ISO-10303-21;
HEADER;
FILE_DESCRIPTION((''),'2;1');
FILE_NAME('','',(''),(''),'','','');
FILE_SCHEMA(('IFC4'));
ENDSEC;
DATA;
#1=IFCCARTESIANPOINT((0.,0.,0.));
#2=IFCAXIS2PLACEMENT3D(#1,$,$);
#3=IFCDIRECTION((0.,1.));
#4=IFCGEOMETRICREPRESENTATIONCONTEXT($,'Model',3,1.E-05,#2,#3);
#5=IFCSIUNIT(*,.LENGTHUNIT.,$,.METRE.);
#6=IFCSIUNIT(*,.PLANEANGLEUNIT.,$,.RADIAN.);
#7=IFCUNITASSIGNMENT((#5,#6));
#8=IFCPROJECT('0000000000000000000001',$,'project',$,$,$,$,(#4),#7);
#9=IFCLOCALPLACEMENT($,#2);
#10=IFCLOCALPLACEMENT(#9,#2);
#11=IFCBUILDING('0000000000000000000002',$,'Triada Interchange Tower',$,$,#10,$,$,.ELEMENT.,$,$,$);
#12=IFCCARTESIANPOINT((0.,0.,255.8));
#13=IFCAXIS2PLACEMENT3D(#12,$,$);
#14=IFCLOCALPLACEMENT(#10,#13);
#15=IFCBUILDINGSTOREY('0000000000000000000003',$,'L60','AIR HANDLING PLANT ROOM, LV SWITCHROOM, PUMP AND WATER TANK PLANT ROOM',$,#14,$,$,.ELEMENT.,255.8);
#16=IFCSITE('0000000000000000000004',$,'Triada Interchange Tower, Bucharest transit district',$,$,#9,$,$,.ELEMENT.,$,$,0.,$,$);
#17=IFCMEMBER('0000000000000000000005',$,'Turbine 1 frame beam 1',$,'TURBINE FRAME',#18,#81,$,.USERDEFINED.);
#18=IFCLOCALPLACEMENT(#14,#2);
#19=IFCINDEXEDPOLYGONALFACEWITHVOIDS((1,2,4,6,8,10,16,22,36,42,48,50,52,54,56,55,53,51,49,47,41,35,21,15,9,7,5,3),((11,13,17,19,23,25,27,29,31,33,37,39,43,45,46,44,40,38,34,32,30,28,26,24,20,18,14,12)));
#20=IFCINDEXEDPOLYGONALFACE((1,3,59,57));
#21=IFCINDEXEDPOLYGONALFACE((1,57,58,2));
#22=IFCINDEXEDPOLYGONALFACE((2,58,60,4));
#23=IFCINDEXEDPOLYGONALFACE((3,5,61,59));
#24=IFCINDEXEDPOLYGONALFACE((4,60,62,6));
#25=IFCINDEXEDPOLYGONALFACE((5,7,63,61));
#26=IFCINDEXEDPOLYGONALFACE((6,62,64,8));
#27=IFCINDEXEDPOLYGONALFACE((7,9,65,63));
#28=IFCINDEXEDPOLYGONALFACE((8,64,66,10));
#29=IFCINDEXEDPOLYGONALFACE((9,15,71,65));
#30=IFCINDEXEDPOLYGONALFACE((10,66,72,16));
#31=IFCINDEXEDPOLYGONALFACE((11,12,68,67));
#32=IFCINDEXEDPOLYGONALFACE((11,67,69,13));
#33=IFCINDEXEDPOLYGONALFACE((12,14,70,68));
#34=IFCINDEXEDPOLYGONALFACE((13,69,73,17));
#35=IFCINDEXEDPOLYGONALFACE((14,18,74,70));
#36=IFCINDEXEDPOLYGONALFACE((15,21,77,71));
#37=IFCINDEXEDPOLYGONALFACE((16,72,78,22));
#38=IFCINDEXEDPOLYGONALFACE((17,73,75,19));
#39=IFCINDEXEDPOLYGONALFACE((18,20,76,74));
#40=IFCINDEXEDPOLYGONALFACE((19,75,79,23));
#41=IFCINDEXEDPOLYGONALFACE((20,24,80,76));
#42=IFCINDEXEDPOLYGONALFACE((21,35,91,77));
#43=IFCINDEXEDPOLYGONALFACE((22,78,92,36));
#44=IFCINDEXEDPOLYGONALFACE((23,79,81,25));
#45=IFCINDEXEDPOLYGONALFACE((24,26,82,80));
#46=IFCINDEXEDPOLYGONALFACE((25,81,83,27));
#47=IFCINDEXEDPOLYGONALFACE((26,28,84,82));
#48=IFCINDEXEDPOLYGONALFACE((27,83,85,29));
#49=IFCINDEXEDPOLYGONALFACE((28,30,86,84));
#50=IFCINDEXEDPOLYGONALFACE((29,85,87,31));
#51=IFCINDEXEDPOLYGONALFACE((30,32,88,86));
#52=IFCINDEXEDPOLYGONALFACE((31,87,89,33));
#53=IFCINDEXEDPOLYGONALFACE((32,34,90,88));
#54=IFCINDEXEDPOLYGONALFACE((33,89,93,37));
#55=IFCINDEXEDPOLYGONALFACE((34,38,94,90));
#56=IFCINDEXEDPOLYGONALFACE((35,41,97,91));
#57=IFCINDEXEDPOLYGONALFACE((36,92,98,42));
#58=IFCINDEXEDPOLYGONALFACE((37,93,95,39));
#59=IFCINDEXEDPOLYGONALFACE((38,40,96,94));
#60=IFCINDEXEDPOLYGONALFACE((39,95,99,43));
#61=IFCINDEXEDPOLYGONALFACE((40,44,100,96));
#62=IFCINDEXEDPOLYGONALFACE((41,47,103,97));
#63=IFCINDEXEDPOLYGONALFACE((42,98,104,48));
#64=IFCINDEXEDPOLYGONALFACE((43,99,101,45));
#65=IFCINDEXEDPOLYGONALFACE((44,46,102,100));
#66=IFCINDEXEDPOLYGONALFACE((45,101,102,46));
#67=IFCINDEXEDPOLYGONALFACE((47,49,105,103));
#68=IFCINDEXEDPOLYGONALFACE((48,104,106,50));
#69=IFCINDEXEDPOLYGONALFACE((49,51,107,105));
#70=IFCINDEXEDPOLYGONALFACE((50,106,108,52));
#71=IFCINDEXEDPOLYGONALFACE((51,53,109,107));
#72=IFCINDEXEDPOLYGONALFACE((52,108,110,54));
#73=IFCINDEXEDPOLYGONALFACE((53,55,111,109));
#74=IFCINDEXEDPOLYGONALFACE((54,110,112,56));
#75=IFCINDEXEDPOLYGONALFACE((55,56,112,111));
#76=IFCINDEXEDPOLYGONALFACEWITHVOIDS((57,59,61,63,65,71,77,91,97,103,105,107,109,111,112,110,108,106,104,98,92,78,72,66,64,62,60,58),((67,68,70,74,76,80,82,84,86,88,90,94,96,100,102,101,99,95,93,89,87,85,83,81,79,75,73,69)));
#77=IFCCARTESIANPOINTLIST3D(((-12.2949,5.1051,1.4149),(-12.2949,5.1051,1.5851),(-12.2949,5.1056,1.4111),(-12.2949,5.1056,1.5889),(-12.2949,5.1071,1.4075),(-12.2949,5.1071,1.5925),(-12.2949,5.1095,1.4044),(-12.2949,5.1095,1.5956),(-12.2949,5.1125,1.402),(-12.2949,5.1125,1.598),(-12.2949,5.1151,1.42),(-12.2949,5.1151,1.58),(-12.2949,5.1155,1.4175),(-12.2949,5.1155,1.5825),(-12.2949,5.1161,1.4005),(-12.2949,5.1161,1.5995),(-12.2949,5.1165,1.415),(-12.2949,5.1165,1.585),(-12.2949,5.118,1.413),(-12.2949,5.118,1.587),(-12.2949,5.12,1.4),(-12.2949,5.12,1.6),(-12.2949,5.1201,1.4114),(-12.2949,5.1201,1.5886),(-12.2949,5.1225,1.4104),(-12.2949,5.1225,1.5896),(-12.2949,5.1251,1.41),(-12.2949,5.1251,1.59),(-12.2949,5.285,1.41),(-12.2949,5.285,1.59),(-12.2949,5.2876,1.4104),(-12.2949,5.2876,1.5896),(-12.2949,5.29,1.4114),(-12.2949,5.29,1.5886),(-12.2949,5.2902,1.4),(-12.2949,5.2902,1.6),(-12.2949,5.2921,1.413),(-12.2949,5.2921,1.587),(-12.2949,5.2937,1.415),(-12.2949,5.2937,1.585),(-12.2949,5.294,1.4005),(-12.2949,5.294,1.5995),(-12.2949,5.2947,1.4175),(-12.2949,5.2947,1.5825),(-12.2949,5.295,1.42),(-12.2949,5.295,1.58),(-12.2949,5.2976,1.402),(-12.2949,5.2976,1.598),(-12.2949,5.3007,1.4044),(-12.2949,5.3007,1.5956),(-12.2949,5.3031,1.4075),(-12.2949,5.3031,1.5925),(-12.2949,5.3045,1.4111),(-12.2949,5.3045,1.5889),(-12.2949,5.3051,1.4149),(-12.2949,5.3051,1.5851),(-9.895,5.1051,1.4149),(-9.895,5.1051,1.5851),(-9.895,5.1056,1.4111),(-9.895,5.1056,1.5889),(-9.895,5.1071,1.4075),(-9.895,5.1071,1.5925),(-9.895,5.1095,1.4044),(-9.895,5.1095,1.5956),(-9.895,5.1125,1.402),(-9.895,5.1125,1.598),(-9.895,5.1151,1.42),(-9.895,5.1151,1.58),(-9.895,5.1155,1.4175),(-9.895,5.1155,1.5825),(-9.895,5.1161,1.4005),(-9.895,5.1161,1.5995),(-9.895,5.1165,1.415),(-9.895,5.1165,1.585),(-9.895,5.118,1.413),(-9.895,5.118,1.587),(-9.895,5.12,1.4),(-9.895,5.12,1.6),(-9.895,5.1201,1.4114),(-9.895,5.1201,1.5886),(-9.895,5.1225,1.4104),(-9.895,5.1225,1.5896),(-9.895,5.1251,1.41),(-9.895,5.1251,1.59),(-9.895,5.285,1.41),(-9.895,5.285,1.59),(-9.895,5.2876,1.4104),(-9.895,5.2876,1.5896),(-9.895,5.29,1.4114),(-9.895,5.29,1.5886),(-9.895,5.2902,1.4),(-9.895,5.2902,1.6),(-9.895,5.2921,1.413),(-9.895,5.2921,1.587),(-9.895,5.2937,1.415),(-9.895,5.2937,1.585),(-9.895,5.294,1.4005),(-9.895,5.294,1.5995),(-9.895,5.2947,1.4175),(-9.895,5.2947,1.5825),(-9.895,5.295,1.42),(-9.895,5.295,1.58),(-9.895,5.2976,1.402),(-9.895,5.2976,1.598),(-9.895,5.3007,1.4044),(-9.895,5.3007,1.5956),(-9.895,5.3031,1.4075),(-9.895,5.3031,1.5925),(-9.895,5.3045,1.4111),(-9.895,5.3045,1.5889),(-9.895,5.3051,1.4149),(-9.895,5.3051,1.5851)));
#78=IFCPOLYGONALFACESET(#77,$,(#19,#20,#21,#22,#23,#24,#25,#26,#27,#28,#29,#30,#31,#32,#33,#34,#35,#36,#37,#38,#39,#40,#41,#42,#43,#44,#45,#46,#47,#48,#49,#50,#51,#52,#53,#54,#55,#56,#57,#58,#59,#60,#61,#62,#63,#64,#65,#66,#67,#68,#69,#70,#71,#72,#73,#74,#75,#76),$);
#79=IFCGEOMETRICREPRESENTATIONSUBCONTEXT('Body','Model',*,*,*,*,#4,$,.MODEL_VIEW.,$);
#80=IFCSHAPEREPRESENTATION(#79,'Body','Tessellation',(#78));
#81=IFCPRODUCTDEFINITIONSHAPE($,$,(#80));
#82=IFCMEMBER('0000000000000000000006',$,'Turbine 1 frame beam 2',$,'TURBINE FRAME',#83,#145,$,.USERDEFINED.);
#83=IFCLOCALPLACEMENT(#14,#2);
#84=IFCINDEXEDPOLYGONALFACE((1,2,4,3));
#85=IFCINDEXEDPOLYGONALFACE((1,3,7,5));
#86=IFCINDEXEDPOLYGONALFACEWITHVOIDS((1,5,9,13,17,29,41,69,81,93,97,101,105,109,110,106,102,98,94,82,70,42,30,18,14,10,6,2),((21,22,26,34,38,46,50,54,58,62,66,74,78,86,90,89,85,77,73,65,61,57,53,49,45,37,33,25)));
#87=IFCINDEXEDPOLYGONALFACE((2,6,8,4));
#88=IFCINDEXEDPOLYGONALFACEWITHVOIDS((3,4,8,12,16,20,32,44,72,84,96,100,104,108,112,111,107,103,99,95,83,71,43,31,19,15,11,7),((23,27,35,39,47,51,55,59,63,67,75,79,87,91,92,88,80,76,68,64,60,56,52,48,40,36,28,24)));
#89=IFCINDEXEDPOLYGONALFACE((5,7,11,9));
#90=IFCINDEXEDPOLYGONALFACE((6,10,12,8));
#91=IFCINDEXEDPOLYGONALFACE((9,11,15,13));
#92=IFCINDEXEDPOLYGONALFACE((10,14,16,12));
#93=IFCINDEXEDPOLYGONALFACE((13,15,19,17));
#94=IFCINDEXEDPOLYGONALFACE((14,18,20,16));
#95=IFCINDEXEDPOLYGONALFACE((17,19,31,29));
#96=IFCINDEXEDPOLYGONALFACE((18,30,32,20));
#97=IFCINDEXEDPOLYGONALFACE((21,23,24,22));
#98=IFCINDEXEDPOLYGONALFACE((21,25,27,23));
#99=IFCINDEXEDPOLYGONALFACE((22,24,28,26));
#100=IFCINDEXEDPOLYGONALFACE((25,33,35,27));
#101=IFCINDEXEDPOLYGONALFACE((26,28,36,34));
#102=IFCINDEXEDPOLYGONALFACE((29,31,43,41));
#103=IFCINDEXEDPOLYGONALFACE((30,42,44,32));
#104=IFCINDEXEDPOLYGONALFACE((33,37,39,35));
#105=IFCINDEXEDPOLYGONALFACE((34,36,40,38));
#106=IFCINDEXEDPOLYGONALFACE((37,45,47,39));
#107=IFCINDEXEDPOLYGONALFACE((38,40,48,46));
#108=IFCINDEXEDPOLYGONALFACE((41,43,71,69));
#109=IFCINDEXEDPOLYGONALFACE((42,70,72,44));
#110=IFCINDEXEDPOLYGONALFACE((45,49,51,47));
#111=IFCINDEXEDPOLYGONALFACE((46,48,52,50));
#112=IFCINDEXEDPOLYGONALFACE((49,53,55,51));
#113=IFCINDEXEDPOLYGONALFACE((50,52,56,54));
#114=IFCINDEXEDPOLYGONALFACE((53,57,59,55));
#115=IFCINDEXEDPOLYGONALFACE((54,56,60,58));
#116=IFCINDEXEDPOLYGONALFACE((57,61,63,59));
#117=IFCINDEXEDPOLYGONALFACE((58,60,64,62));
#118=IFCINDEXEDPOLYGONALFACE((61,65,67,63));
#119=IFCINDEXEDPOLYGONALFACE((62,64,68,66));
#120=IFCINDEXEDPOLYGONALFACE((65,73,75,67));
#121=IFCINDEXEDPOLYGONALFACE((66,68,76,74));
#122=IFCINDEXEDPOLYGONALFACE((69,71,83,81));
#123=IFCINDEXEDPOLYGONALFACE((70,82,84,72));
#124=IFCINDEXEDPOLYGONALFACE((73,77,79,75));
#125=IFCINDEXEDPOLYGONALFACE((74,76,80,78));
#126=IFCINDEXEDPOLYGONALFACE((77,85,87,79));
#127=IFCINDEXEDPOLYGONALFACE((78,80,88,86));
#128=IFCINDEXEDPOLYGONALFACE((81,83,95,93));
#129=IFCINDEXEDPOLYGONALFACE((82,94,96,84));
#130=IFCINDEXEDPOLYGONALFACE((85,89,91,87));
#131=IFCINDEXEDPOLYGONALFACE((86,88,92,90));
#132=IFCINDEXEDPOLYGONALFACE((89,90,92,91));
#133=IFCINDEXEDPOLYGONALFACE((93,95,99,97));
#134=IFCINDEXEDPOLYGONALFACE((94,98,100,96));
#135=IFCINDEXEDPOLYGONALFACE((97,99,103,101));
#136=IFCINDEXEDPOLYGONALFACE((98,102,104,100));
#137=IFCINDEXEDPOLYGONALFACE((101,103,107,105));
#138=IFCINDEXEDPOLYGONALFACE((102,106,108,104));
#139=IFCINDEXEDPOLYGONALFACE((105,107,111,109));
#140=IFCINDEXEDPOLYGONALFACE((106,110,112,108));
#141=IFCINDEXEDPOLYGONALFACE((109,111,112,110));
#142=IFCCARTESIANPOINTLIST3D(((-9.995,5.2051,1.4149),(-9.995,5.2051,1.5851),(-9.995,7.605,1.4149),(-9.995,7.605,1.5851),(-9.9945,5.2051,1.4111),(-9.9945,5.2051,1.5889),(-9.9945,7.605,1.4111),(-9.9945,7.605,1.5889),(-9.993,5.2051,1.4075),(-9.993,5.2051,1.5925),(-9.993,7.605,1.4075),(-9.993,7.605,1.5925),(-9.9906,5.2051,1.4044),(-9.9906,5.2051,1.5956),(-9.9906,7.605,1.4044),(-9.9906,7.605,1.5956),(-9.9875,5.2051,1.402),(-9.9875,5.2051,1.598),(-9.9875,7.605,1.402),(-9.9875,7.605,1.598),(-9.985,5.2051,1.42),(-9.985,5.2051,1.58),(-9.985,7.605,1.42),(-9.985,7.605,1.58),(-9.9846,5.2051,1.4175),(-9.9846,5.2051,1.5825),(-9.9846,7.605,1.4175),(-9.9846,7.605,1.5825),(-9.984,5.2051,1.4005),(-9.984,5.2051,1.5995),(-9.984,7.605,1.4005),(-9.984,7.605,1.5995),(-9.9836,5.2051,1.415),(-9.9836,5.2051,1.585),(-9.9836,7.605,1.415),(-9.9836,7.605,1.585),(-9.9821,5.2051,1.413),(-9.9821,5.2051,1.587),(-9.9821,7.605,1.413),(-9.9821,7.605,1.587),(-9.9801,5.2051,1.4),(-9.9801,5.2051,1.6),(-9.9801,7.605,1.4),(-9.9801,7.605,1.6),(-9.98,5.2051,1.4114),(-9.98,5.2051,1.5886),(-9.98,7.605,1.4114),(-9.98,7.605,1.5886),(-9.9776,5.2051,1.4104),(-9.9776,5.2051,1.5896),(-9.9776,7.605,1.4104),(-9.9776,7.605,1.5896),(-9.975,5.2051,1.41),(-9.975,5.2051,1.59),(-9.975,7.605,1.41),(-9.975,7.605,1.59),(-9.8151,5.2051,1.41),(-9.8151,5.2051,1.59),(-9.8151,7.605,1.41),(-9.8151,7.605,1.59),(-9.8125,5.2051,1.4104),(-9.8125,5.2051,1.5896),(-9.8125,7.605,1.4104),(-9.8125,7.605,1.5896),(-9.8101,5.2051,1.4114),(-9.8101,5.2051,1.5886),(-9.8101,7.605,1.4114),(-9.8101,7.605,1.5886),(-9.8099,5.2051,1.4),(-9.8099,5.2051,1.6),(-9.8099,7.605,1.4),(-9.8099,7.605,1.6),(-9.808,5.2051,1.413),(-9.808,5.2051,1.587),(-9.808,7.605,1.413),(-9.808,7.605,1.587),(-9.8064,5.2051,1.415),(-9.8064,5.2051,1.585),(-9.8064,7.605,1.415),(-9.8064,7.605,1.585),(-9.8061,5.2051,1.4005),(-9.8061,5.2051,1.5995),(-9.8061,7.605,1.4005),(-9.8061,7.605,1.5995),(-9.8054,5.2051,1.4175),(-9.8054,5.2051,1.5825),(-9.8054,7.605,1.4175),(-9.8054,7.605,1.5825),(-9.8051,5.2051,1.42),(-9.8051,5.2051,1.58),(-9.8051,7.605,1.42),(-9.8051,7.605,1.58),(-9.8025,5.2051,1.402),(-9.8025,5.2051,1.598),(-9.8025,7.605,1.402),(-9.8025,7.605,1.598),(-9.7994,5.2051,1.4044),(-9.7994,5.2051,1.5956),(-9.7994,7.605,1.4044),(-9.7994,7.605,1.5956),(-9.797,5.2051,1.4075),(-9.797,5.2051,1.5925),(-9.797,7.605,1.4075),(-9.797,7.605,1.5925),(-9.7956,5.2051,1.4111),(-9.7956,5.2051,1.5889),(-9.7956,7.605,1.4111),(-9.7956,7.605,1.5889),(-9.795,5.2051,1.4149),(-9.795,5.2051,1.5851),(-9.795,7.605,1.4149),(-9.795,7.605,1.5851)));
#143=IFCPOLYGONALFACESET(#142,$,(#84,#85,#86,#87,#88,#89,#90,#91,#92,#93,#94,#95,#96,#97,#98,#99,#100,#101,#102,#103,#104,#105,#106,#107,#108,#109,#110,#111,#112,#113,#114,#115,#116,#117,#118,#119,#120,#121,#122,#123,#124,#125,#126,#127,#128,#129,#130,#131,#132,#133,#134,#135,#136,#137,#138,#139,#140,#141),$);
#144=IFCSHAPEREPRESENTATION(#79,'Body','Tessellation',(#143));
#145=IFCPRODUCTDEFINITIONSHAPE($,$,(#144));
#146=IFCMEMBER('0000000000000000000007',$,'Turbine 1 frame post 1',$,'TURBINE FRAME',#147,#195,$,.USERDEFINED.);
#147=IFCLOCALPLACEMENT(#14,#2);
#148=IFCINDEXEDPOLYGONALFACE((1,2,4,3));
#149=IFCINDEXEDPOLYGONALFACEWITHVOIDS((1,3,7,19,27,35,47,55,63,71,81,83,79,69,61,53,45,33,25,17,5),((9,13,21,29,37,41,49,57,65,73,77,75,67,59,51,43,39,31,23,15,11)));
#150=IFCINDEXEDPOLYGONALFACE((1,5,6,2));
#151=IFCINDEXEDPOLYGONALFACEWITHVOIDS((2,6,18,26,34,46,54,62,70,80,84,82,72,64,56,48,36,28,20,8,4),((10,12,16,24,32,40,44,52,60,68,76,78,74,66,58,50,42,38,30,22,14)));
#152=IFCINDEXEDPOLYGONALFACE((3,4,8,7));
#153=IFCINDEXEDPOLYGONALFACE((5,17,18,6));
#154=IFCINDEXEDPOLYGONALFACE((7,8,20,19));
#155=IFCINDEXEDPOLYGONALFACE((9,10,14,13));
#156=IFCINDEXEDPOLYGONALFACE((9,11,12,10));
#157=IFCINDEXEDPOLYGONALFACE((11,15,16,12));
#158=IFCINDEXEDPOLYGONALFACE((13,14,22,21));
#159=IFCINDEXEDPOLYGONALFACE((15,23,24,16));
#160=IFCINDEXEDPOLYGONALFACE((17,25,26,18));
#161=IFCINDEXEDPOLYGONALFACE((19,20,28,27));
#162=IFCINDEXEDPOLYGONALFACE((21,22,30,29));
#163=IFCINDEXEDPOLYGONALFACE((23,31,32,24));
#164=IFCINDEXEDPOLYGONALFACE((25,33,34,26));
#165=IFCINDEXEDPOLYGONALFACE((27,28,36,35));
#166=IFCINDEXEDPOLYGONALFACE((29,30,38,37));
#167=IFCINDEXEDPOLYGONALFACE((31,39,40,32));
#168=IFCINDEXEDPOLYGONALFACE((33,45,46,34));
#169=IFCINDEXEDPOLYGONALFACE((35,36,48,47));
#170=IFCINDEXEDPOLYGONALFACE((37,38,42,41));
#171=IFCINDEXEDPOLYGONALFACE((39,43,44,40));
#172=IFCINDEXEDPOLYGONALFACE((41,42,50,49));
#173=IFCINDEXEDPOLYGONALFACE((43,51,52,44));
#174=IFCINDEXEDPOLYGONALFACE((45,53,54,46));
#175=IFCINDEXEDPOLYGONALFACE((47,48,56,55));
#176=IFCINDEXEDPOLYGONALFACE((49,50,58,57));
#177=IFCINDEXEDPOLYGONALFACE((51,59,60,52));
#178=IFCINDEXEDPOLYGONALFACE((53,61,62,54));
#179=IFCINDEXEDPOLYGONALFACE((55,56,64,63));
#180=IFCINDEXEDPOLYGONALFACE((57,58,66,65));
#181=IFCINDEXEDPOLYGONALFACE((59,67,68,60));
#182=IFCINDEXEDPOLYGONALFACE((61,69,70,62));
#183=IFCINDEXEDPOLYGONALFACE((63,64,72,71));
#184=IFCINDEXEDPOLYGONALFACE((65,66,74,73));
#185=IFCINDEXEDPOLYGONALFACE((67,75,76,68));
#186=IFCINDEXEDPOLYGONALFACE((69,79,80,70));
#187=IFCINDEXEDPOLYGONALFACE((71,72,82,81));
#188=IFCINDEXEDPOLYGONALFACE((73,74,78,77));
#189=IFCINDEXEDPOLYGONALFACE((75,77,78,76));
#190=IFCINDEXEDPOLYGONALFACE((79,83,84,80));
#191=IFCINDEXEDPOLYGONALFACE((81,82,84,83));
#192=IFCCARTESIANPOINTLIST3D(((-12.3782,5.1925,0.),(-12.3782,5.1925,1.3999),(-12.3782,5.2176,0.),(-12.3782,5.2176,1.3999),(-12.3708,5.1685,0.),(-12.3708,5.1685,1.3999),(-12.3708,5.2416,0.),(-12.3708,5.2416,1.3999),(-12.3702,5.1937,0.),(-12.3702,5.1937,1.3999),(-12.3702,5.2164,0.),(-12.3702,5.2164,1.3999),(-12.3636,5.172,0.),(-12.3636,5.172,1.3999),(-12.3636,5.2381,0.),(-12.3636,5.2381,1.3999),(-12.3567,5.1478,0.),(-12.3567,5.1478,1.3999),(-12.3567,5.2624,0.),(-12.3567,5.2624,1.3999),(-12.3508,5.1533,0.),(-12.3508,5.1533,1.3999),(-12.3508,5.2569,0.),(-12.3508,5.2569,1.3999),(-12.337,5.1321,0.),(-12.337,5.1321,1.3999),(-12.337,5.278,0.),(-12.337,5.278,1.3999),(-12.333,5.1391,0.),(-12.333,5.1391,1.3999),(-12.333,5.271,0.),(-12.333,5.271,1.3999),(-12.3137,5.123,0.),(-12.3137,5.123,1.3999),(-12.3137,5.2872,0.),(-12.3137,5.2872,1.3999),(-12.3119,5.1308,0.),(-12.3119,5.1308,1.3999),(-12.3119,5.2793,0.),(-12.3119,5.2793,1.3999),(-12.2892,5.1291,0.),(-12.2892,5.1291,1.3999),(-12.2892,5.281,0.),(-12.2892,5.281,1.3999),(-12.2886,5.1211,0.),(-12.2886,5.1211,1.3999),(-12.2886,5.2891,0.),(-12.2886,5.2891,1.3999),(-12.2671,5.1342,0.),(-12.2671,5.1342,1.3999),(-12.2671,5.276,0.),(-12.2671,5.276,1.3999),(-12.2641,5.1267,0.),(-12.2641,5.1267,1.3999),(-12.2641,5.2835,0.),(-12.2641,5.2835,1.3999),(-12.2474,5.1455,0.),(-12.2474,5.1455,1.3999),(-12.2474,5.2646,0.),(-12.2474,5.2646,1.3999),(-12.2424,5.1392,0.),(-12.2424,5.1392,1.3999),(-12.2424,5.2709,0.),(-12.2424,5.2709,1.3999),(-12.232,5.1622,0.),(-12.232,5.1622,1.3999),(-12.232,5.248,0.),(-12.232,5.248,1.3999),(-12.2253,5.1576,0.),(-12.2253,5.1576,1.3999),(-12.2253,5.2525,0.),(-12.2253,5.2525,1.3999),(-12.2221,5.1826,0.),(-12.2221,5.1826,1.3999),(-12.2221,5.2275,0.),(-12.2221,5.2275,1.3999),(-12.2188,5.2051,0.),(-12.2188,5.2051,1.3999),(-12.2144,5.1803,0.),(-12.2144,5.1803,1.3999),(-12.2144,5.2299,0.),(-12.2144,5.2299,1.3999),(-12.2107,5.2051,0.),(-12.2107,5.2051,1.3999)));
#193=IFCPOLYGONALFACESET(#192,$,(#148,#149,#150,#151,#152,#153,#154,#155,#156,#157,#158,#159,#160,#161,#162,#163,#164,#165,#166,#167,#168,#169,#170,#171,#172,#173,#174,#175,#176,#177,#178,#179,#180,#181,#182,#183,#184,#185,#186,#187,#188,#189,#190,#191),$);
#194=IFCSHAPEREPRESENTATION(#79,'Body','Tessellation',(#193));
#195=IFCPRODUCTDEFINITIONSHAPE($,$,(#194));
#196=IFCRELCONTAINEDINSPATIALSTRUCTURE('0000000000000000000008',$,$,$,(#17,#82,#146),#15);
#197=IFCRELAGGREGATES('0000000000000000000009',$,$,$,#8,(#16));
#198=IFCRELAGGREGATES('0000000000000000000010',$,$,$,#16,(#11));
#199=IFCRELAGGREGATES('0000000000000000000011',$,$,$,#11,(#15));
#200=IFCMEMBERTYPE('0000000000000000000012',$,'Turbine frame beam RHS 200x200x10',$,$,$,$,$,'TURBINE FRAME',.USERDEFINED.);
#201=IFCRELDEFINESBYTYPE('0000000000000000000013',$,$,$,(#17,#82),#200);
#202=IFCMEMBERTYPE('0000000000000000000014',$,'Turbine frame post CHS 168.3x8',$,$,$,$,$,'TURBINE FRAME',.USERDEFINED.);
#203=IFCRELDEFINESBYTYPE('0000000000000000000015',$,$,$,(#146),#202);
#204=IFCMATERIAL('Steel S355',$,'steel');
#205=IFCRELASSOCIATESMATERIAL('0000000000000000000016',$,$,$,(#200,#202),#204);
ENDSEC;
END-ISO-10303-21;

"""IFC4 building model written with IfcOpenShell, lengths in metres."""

from ifc_helpers import new_model, si_unit, direction, frame, origin, origin_2d, place, context, subcontext, project, spatial, hollow_rectangle, hollow_circle, extrude, material, material_profile, profile_set, type_object, element, save


model = new_model("IFC4")

# Units and contexts
model_context = context("Model", 3, precision=1e-05, world=origin(), true_north=direction((0.0, 1.0)))
body_context = subcontext(model_context, "Body", "Model", "MODEL_VIEW")
ifc_project = project(units=[si_unit("LENGTHUNIT", "METRE"), si_unit("PLANEANGLEUNIT", "RADIAN")], contexts=[model_context])

# Site, building, storey
site_placement = place(None, origin())
site = spatial("IfcSite", under=ifc_project, at=site_placement, Name="Triada Interchange Tower, Bucharest transit district", CompositionType="ELEMENT", RefElevation=0.0)
building_placement = place(site_placement, origin())
building = spatial("IfcBuilding", under=site, at=building_placement, Name="Triada Interchange Tower", CompositionType="ELEMENT")
storey_placement = place(building_placement, frame((0.0, 0.0, 255.8)))
storey = spatial("IfcBuildingStorey", under=building, at=storey_placement, Name="L60", Description="AIR HANDLING PLANT ROOM, LV SWITCHROOM, PUMP AND WATER TANK PLANT ROOM", CompositionType="ELEMENT", Elevation=255.8)

# Members
ifc_material_1 = material(Name="Steel S355", Category="steel")
ifc_material_profile_1 = material_profile(ifc_material_1, hollow_rectangle(XDim=0.2, YDim=0.2, WallThickness=0.01, InnerFilletRadius=0.01, OuterFilletRadius=0.0149, at=origin_2d()), Name="RHS 200x200x10")
ifc_profile_set_1 = profile_set([ifc_material_profile_1], Name="Steel S355")
member_type_1 = type_object("IfcMemberType", Name="Turbine frame beam RHS 200x200x10", ElementType="TURBINE FRAME", PredefinedType="USERDEFINED", material=ifc_profile_set_1)
for number, where, z_axis, x_axis, name in (
    (1, (-12.2949, 5.2051, 1.5), (1.0, 0.0, 0.0), (0.0, 1.0, 0.0), "Turbine 1 frame beam 1"),
    (2, (-9.895, 5.2051, 1.5), (0.0, 1.0, 0.0), (-1.0, 0.0, 0.0), "Turbine 1 frame beam 2"),
):
    element("IfcMember", number, at=place(storey_placement, frame(where, z_axis=z_axis, x_axis=x_axis)), inside=storey, type_object=member_type_1, Name=name, ObjectType="TURBINE FRAME", PredefinedType="USERDEFINED", context=body_context, shape_type="SweptSolid", body=[
        extrude(hollow_rectangle(XDim=0.2, YDim=0.2, WallThickness=0.01, InnerFilletRadius=0.01, OuterFilletRadius=0.0149, at=origin_2d()), origin(), (0.0, 0.0, 1.0), 2.3999),
    ])
ifc_material_profile_2 = material_profile(ifc_material_1, hollow_circle(Radius=0.0842, WallThickness=0.0081, at=origin_2d()), Name="CHS 168.3x8")
ifc_profile_set_2 = profile_set([ifc_material_profile_2], Name="Steel S355")
member_type_2 = type_object("IfcMemberType", Name="Turbine frame post CHS 168.3x8", ElementType="TURBINE FRAME", PredefinedType="USERDEFINED", material=ifc_profile_set_2)
for number, where, z_axis, x_axis, name in (
    (3, (-12.2949, 5.2051, 0.0), (0.0, 0.0, 1.0), (1.0, 0.0, 0.0), "Turbine 1 frame post 1"),
):
    element("IfcMember", number, at=place(storey_placement, frame(where, z_axis=z_axis, x_axis=x_axis)), inside=storey, type_object=member_type_2, Name=name, ObjectType="TURBINE FRAME", PredefinedType="USERDEFINED", context=body_context, shape_type="SweptSolid", body=[
        extrude(hollow_circle(Radius=0.0842, WallThickness=0.0081, at=origin_2d()), origin(), (0.0, 0.0, 1.0), 1.3999),
    ])

save(model, "model.ifc")
